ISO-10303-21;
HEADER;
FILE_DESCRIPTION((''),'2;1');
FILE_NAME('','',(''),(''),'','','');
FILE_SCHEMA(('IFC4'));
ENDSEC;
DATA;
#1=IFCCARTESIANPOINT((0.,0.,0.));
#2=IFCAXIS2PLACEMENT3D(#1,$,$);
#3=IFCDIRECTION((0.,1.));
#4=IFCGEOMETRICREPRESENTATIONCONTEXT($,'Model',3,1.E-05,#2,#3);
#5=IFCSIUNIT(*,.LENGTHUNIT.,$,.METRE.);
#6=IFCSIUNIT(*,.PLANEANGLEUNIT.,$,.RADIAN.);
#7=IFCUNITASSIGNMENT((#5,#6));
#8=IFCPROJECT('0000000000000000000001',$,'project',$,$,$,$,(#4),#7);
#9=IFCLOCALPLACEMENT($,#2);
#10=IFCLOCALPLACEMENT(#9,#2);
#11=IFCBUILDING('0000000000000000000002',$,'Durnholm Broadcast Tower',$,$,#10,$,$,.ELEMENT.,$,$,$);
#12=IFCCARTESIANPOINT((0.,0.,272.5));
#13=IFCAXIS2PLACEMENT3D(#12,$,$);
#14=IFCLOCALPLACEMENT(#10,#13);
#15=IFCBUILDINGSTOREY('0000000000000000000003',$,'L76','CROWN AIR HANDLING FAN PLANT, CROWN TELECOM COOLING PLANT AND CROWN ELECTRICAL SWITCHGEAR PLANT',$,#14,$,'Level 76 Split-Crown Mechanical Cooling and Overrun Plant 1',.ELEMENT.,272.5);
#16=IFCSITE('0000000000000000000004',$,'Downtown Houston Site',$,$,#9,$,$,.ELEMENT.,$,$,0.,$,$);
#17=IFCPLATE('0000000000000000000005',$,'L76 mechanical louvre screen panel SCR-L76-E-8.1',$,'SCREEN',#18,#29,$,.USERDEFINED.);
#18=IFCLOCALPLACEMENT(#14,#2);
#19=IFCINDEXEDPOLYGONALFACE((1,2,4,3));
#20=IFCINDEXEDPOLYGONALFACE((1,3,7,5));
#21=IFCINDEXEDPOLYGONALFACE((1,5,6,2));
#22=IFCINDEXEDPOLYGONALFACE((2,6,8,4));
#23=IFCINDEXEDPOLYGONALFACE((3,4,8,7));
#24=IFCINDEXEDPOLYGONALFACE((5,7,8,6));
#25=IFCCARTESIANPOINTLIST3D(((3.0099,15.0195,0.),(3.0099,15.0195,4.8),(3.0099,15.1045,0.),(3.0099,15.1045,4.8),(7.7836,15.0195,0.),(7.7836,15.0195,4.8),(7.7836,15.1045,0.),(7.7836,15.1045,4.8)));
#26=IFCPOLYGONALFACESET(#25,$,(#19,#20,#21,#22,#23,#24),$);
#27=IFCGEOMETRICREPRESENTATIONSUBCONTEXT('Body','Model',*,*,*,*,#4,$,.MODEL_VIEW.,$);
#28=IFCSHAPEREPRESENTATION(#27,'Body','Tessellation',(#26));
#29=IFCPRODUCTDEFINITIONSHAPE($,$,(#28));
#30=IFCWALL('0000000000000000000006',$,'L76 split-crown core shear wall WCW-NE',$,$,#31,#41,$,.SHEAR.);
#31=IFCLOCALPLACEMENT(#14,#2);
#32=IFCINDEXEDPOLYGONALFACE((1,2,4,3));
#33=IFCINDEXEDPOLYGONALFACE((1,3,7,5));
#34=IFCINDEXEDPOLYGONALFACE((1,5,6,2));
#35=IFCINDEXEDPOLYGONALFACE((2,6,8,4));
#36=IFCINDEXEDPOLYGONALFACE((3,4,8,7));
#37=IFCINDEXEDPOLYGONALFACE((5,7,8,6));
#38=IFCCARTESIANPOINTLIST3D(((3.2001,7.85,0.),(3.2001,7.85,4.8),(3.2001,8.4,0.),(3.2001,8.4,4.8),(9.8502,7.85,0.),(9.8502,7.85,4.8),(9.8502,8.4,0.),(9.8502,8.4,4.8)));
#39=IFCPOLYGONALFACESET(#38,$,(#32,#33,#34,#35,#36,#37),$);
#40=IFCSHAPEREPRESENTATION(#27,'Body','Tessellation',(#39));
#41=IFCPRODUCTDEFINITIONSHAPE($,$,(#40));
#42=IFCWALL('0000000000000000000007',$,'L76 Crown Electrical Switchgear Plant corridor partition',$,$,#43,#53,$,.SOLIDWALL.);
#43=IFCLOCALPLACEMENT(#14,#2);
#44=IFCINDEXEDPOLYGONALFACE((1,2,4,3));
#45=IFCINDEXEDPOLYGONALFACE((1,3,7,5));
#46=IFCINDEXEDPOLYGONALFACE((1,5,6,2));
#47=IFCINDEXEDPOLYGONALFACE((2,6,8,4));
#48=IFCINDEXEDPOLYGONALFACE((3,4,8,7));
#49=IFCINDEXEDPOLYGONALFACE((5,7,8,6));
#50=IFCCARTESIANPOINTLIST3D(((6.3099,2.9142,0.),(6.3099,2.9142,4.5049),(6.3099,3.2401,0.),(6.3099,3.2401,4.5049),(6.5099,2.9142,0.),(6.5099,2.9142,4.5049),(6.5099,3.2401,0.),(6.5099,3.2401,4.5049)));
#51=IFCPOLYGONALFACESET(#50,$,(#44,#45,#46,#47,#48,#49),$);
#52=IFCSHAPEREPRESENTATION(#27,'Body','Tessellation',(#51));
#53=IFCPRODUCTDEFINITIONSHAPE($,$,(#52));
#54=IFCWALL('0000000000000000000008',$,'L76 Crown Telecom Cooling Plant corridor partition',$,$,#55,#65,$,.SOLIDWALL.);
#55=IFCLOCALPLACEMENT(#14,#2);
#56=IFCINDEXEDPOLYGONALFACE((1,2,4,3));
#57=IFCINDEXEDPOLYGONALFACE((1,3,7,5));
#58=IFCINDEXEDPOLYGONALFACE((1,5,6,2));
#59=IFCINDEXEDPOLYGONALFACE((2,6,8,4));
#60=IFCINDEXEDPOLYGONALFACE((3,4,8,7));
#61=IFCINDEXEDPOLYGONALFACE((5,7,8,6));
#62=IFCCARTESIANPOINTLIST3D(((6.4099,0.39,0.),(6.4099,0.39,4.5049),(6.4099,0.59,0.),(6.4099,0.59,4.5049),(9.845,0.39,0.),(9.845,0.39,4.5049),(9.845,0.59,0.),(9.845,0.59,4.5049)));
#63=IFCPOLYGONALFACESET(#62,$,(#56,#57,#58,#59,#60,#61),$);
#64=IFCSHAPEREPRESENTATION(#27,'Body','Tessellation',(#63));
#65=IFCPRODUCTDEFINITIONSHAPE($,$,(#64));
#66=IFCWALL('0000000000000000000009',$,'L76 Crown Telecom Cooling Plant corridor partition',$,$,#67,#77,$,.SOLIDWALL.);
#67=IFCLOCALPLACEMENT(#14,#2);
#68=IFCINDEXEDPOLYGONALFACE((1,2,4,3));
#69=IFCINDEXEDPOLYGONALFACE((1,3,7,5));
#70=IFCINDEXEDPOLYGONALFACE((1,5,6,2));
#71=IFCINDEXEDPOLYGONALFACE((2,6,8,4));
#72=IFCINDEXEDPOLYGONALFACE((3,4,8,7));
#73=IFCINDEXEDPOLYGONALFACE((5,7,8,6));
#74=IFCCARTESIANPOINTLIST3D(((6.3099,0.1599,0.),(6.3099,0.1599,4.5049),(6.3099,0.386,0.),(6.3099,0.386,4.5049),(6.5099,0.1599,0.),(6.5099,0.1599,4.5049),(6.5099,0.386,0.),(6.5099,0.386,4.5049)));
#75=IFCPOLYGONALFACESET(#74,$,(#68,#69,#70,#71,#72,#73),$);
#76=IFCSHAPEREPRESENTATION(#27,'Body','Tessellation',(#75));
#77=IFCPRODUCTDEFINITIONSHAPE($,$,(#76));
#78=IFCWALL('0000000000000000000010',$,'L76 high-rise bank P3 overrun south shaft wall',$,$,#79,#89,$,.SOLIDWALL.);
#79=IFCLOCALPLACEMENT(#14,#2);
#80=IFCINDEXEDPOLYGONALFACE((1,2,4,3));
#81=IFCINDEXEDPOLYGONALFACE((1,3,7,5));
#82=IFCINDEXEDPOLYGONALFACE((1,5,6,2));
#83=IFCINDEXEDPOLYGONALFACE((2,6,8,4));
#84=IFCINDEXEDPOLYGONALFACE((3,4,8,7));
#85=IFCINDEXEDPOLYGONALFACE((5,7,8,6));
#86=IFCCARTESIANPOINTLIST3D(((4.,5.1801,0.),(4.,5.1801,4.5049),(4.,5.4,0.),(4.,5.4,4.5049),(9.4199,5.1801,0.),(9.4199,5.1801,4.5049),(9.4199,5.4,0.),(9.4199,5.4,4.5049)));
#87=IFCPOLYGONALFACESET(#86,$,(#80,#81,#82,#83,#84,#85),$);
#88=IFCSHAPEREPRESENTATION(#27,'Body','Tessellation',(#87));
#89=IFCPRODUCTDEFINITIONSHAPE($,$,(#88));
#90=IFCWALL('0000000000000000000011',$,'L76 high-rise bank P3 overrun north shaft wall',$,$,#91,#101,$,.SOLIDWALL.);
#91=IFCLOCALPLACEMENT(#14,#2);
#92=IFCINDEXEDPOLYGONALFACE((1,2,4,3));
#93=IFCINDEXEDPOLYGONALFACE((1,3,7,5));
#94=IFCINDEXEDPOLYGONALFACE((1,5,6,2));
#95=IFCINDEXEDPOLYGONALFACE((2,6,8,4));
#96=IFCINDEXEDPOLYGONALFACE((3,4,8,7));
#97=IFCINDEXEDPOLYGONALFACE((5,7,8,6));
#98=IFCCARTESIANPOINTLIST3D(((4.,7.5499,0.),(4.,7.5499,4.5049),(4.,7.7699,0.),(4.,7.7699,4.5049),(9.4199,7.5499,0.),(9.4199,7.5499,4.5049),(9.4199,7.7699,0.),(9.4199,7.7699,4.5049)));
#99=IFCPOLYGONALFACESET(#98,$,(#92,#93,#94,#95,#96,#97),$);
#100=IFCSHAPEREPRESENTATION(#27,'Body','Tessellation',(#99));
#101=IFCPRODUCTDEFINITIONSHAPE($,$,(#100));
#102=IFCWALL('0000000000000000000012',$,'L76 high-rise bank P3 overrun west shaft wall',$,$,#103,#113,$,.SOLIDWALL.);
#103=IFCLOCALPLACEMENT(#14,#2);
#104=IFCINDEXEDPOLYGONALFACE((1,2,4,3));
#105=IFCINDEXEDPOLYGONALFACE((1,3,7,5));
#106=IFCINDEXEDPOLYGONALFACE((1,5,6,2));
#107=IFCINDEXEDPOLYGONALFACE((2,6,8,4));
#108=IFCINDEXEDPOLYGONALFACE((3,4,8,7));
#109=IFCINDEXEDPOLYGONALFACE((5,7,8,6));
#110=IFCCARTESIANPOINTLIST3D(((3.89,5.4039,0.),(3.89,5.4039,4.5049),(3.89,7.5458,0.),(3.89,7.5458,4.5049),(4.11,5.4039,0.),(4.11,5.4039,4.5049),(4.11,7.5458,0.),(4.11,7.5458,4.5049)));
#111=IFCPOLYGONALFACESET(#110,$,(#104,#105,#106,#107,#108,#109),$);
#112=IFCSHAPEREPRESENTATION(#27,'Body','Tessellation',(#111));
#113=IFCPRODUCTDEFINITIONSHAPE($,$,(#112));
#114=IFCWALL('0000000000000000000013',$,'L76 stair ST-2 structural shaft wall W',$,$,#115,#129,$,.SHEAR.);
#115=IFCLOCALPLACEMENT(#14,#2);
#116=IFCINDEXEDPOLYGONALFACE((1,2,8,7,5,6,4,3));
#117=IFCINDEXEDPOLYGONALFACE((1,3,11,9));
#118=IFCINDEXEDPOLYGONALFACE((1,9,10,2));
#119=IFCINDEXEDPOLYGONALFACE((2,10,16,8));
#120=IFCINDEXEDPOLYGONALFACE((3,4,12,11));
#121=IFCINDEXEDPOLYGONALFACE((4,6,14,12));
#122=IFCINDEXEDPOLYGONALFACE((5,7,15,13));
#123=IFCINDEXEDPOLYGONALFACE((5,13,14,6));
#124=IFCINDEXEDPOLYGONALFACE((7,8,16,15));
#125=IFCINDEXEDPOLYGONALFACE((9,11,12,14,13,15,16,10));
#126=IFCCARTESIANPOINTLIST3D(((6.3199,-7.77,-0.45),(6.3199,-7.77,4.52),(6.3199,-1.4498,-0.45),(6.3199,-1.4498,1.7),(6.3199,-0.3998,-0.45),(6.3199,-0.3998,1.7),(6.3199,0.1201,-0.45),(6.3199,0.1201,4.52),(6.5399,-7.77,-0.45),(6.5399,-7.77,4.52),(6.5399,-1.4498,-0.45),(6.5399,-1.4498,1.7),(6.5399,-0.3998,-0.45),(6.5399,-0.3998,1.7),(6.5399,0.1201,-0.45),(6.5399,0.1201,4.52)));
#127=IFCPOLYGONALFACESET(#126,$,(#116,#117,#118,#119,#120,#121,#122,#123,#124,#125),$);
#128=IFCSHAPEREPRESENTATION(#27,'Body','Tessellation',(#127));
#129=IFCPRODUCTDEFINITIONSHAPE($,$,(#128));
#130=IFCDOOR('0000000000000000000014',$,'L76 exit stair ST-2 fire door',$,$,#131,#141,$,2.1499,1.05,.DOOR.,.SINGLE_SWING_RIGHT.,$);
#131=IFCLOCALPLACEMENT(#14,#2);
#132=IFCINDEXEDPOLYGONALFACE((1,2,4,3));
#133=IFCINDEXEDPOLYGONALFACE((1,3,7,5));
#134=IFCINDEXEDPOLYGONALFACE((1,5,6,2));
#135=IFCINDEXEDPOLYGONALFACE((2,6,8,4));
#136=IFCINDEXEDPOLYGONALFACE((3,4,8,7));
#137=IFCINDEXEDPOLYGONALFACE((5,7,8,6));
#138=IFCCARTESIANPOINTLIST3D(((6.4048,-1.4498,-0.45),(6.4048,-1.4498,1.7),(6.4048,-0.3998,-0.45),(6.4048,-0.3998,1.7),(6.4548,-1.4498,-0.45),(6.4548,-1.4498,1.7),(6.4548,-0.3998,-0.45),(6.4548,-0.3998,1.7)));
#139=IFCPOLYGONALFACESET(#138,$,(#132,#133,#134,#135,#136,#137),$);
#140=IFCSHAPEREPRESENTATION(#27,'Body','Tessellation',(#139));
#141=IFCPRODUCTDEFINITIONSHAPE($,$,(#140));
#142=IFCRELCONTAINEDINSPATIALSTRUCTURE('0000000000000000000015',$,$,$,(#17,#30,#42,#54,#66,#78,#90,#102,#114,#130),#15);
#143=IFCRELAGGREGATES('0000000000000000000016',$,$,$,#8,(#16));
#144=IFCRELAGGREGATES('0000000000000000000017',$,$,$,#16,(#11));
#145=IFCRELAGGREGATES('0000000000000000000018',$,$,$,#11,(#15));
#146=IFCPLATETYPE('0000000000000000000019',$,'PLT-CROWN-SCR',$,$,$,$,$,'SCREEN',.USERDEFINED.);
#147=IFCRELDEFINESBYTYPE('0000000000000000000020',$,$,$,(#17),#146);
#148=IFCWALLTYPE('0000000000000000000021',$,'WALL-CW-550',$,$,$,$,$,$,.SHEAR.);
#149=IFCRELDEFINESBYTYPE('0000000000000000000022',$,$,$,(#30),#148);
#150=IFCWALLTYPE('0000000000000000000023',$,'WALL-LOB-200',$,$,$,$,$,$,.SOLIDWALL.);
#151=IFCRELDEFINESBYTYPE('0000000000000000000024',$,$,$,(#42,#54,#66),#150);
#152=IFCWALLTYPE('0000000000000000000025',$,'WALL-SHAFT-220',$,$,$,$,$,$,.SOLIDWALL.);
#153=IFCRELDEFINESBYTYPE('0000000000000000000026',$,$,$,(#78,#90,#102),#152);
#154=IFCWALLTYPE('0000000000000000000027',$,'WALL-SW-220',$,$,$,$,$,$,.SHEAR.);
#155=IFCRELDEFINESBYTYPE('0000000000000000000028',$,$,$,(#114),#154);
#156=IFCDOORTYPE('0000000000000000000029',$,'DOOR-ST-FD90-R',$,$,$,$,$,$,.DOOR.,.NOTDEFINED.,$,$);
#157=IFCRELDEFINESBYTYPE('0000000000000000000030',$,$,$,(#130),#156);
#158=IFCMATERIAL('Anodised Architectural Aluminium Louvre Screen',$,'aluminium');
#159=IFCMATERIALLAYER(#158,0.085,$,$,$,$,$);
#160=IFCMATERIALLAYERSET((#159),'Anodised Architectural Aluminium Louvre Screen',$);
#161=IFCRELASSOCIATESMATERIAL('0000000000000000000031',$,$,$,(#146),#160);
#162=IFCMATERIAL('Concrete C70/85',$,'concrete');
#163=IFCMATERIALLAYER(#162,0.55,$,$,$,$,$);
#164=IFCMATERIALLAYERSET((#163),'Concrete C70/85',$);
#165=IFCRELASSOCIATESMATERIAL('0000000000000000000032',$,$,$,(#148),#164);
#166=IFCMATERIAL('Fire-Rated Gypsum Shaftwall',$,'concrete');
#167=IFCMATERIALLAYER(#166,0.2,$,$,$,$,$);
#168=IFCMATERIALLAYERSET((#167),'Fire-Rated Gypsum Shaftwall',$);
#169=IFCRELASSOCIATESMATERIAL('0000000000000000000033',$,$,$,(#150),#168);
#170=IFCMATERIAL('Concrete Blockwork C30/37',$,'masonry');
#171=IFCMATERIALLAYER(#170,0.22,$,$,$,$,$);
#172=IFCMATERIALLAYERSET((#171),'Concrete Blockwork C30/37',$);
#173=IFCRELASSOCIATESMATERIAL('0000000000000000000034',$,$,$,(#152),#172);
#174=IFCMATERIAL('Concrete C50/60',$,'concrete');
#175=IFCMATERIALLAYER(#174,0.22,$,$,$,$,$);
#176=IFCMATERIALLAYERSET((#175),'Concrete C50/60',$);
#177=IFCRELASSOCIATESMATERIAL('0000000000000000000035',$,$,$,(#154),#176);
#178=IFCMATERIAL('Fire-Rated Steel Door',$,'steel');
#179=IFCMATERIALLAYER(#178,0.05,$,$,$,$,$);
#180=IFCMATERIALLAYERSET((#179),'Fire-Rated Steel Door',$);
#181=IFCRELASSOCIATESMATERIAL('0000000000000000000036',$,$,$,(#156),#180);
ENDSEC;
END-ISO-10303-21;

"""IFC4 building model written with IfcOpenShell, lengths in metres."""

from ifc_helpers import new_model, si_unit, direction, frame, frame_2d, origin, origin_2d, place, context, subcontext, project, spatial, rectangle, extrude, source, transform, mapped, material, layer, layer_set, type_object, type_shapes, element, fill, save


model = new_model("IFC4")

# Units and contexts
model_context = context("Model", 3, precision=1e-05, world=origin(), true_north=direction((0.0, 1.0)))
body_context = subcontext(model_context, "Body", "Model", "MODEL_VIEW")
ifc_project = project(units=[si_unit("LENGTHUNIT", "METRE"), si_unit("PLANEANGLEUNIT", "RADIAN")], contexts=[model_context])

# Site, building, storey
site_placement = place(None, origin())
site = spatial("IfcSite", under=ifc_project, at=site_placement, Name="Downtown Houston Site", CompositionType="ELEMENT", RefElevation=0.0)
building_placement = place(site_placement, origin())
building = spatial("IfcBuilding", under=site, at=building_placement, Name="Durnholm Broadcast Tower", CompositionType="ELEMENT")
storey_placement = place(building_placement, frame((0.0, 0.0, 272.5)))
storey = spatial("IfcBuildingStorey", under=building, at=storey_placement, Name="L76", Description="CROWN AIR HANDLING FAN PLANT, CROWN TELECOM COOLING PLANT AND CROWN ELECTRICAL SWITCHGEAR PLANT", LongName="Level 76 Split-Crown Mechanical Cooling and Overrun Plant 1", CompositionType="ELEMENT", Elevation=272.5)

# Shared definitions
ifc_material_1 = material(Name="Concrete C50/60", Category="concrete")

# Plate
ifc_material_2 = material(Name="Anodised Architectural Aluminium Louvre Screen", Category="aluminium")
ifc_layer_1 = layer(ifc_material_2, 0.085)
ifc_layer_set_1 = layer_set([ifc_layer_1], Name="Anodised Architectural Aluminium Louvre Screen")
plate_type_1 = type_object("IfcPlateType", Name="PLT-CROWN-SCR", ElementType="SCREEN", PredefinedType="USERDEFINED", material=ifc_layer_set_1)
shared_shape_1 = source(origin(), body_context, "Body", "SweptSolid", [
    extrude(rectangle(XDim=4.7737, YDim=0.085, at=origin_2d()), origin(), (0.0, 0.0, 1.0), 4.8),
])
plate_1_placement = place(storey_placement, frame((5.3967, 15.062, 0.0), z_axis=(0.0, 0.0, 1.0), x_axis=(1.0, 0.0, 0.0)))
element("IfcPlate", 1, at=plate_1_placement, inside=storey, type_object=plate_type_1, Name="L76 mechanical louvre screen panel SCR-L76-E-8.1", ObjectType="SCREEN", PredefinedType="USERDEFINED", context=body_context, shape_type="MappedRepresentation", body=[
    mapped(shared_shape_1, transform((0.0, 0.0, 0.0), x_axis=(1.0, 0.0, 0.0), y_axis=(0.0, 1.0, 0.0), z_axis=(0.0, 0.0, 1.0), scale=1.0)),
])

# Walls
ifc_material_3 = material(Name="Concrete C70/85", Category="concrete")
ifc_layer_2 = layer(ifc_material_3, 0.55)
ifc_layer_set_2 = layer_set([ifc_layer_2], Name="Concrete C70/85")
wall_type_1 = type_object("IfcWallType", Name="WALL-CW-550", PredefinedType="SHEAR", material=ifc_layer_set_2)
wall_1_placement = place(storey_placement, frame((3.2, 8.125, 0.0), z_axis=(0.0, 0.0, 1.0), x_axis=(1.0, 0.0, 0.0)))
element("IfcWall", 2, at=wall_1_placement, inside=storey, type_object=wall_type_1, Name="L76 split-crown core shear wall WCW-NE", PredefinedType="SHEAR", context=body_context, shape_type="SweptSolid", body=[
    extrude(rectangle(XDim=6.6501, YDim=0.55, at=frame_2d((3.3252, 0.0))), origin(), (0.0, 0.0, 1.0), 4.8),
])
ifc_material_4 = material(Name="Fire-Rated Gypsum Shaftwall", Category="concrete")
ifc_layer_3 = layer(ifc_material_4, 0.2)
ifc_layer_set_3 = layer_set([ifc_layer_3], Name="Fire-Rated Gypsum Shaftwall")
wall_type_2 = type_object("IfcWallType", Name="WALL-LOB-200", PredefinedType="SOLIDWALL", material=ifc_layer_set_3)
wall_2_placement = place(storey_placement, frame((6.4099, 2.9141, 0.0), z_axis=(0.0, 0.0, 1.0), x_axis=(0.0, 1.0, 0.0)))
element("IfcWall", 3, at=wall_2_placement, inside=storey, type_object=wall_type_2, Name="L76 Crown Electrical Switchgear Plant corridor partition", PredefinedType="SOLIDWALL", context=body_context, shape_type="SweptSolid", body=[
    extrude(rectangle(XDim=0.3259, YDim=0.2, at=frame_2d((0.1631, 0.0))), origin(), (0.0, 0.0, 1.0), 4.5049),
])
wall_3_placement = place(storey_placement, frame((6.4099, 0.49, 0.0), z_axis=(0.0, 0.0, 1.0), x_axis=(1.0, 0.0, 0.0)))
element("IfcWall", 4, at=wall_3_placement, inside=storey, type_object=wall_type_2, Name="L76 Crown Telecom Cooling Plant corridor partition", PredefinedType="SOLIDWALL", context=body_context, shape_type="SweptSolid", body=[
    extrude(rectangle(XDim=3.4351, YDim=0.2, at=frame_2d((1.7175, 0.0))), origin(), (0.0, 0.0, 1.0), 4.5049),
])
wall_4_placement = place(storey_placement, frame((6.4099, 0.1599, 0.0), z_axis=(0.0, 0.0, 1.0), x_axis=(0.0, 1.0, 0.0)))
element("IfcWall", 5, at=wall_4_placement, inside=storey, type_object=wall_type_2, Name="L76 Crown Telecom Cooling Plant corridor partition", PredefinedType="SOLIDWALL", context=body_context, shape_type="SweptSolid", body=[
    extrude(rectangle(XDim=0.2261, YDim=0.2, at=frame_2d((0.113, 0.0))), origin(), (0.0, 0.0, 1.0), 4.5049),
])
ifc_material_5 = material(Name="Concrete Blockwork C30/37", Category="masonry")
ifc_layer_4 = layer(ifc_material_5, 0.22)
ifc_layer_set_4 = layer_set([ifc_layer_4], Name="Concrete Blockwork C30/37")
wall_type_3 = type_object("IfcWallType", Name="WALL-SHAFT-220", PredefinedType="SOLIDWALL", material=ifc_layer_set_4)
for number, where, z_axis, x_axis, name in (
    (6, (4.0, 5.29, 0.0), (0.0, 0.0, 1.0), (1.0, 0.0, 0.0), "L76 high-rise bank P3 overrun south shaft wall"),
    (7, (4.0, 7.6599, 0.0), (0.0, 0.0, 1.0), (1.0, 0.0, 0.0), "L76 high-rise bank P3 overrun north shaft wall"),
):
    element("IfcWall", number, at=place(storey_placement, frame(where, z_axis=z_axis, x_axis=x_axis)), inside=storey, type_object=wall_type_3, Name=name, PredefinedType="SOLIDWALL", context=body_context, shape_type="SweptSolid", body=[
        extrude(rectangle(XDim=5.4199, YDim=0.22, at=frame_2d((2.71, 0.0))), origin(), (0.0, 0.0, 1.0), 4.5049),
    ])
wall_5_placement = place(storey_placement, frame((4.0, 5.4041, 0.0), z_axis=(0.0, 0.0, 1.0), x_axis=(0.0, 1.0, 0.0)))
element("IfcWall", 8, at=wall_5_placement, inside=storey, type_object=wall_type_3, Name="L76 high-rise bank P3 overrun west shaft wall", PredefinedType="SOLIDWALL", context=body_context, shape_type="SweptSolid", body=[
    extrude(rectangle(XDim=2.1418, YDim=0.22, at=frame_2d((1.0708, 0.0))), origin(), (0.0, 0.0, 1.0), 4.5049),
])

# Wall, opening, door
ifc_layer_5 = layer(ifc_material_1, 0.22)
ifc_layer_set_5 = layer_set([ifc_layer_5], Name="Concrete C50/60")
wall_type_4 = type_object("IfcWallType", Name="WALL-SW-220", PredefinedType="SHEAR", material=ifc_layer_set_5)
wall_6_placement = place(storey_placement, frame((6.4299, 0.1201, -0.45), z_axis=(0.0, 0.0, 1.0), x_axis=(0.0, -1.0, 0.0)))
wall_6 = element("IfcWall", 9, at=wall_6_placement, inside=storey, type_object=wall_type_4, Name="L76 stair ST-2 structural shaft wall W", PredefinedType="SHEAR", context=body_context, shape_type="SweptSolid", body=[
    extrude(rectangle(XDim=7.8901, YDim=0.22, at=frame_2d((3.9451, 0.0))), origin(), (0.0, 0.0, 1.0), 4.97),
])
opening_placement = place(wall_6_placement, frame((0.52, 0.0, 0.0)))
opening = element("IfcOpeningElement", 10, at=opening_placement, cuts=wall_6, PredefinedType="OPENING", context=body_context, shape_type="SweptSolid", body=[
    extrude(rectangle(XDim=1.05, YDim=2.1499, at=frame_2d((0.5249, 1.075))), frame((0.0, 0.1201, 0.0), z_axis=(0.0, -1.0, 0.0), x_axis=(1.0, 0.0, 0.0)), (0.0, 0.0, 1.0), 0.24),
])
ifc_material_6 = material(Name="Fire-Rated Steel Door", Category="steel")
ifc_layer_6 = layer(ifc_material_6, 0.05)
ifc_layer_set_6 = layer_set([ifc_layer_6], Name="Fire-Rated Steel Door")
door_type = type_object("IfcDoorType", Name="DOOR-ST-FD90-R", OperationType="NOTDEFINED", PredefinedType="DOOR", material=ifc_layer_set_6)
shared_shape_2 = source(origin(), body_context, "Body", "SweptSolid", [
    extrude(rectangle(XDim=1.05, YDim=2.1499, at=frame_2d((0.5249, 1.075))), frame((0.0, 0.0249, 0.0), z_axis=(0.0, -1.0, 0.0), x_axis=(1.0, 0.0, 0.0)), (0.0, 0.0, 1.0), 0.05),
])
type_shapes(door_type, [shared_shape_2])
door_placement = place(opening_placement, origin())
door = element("IfcDoor", 11, at=door_placement, inside=storey, type_object=door_type, Name="L76 exit stair ST-2 fire door", OperationType="SINGLE_SWING_RIGHT", OverallHeight=2.1499, OverallWidth=1.05, PredefinedType="DOOR", context=body_context, shape_type="MappedRepresentation", body=[
    mapped(shared_shape_2, transform((0.0, 0.0, 0.0), x_axis=(1.0, 0.0, 0.0), y_axis=(0.0, 1.0, 0.0), z_axis=(0.0, 0.0, 1.0), scale=1.0)),
])
fill(opening, door)

save(model, "model.ifc")
